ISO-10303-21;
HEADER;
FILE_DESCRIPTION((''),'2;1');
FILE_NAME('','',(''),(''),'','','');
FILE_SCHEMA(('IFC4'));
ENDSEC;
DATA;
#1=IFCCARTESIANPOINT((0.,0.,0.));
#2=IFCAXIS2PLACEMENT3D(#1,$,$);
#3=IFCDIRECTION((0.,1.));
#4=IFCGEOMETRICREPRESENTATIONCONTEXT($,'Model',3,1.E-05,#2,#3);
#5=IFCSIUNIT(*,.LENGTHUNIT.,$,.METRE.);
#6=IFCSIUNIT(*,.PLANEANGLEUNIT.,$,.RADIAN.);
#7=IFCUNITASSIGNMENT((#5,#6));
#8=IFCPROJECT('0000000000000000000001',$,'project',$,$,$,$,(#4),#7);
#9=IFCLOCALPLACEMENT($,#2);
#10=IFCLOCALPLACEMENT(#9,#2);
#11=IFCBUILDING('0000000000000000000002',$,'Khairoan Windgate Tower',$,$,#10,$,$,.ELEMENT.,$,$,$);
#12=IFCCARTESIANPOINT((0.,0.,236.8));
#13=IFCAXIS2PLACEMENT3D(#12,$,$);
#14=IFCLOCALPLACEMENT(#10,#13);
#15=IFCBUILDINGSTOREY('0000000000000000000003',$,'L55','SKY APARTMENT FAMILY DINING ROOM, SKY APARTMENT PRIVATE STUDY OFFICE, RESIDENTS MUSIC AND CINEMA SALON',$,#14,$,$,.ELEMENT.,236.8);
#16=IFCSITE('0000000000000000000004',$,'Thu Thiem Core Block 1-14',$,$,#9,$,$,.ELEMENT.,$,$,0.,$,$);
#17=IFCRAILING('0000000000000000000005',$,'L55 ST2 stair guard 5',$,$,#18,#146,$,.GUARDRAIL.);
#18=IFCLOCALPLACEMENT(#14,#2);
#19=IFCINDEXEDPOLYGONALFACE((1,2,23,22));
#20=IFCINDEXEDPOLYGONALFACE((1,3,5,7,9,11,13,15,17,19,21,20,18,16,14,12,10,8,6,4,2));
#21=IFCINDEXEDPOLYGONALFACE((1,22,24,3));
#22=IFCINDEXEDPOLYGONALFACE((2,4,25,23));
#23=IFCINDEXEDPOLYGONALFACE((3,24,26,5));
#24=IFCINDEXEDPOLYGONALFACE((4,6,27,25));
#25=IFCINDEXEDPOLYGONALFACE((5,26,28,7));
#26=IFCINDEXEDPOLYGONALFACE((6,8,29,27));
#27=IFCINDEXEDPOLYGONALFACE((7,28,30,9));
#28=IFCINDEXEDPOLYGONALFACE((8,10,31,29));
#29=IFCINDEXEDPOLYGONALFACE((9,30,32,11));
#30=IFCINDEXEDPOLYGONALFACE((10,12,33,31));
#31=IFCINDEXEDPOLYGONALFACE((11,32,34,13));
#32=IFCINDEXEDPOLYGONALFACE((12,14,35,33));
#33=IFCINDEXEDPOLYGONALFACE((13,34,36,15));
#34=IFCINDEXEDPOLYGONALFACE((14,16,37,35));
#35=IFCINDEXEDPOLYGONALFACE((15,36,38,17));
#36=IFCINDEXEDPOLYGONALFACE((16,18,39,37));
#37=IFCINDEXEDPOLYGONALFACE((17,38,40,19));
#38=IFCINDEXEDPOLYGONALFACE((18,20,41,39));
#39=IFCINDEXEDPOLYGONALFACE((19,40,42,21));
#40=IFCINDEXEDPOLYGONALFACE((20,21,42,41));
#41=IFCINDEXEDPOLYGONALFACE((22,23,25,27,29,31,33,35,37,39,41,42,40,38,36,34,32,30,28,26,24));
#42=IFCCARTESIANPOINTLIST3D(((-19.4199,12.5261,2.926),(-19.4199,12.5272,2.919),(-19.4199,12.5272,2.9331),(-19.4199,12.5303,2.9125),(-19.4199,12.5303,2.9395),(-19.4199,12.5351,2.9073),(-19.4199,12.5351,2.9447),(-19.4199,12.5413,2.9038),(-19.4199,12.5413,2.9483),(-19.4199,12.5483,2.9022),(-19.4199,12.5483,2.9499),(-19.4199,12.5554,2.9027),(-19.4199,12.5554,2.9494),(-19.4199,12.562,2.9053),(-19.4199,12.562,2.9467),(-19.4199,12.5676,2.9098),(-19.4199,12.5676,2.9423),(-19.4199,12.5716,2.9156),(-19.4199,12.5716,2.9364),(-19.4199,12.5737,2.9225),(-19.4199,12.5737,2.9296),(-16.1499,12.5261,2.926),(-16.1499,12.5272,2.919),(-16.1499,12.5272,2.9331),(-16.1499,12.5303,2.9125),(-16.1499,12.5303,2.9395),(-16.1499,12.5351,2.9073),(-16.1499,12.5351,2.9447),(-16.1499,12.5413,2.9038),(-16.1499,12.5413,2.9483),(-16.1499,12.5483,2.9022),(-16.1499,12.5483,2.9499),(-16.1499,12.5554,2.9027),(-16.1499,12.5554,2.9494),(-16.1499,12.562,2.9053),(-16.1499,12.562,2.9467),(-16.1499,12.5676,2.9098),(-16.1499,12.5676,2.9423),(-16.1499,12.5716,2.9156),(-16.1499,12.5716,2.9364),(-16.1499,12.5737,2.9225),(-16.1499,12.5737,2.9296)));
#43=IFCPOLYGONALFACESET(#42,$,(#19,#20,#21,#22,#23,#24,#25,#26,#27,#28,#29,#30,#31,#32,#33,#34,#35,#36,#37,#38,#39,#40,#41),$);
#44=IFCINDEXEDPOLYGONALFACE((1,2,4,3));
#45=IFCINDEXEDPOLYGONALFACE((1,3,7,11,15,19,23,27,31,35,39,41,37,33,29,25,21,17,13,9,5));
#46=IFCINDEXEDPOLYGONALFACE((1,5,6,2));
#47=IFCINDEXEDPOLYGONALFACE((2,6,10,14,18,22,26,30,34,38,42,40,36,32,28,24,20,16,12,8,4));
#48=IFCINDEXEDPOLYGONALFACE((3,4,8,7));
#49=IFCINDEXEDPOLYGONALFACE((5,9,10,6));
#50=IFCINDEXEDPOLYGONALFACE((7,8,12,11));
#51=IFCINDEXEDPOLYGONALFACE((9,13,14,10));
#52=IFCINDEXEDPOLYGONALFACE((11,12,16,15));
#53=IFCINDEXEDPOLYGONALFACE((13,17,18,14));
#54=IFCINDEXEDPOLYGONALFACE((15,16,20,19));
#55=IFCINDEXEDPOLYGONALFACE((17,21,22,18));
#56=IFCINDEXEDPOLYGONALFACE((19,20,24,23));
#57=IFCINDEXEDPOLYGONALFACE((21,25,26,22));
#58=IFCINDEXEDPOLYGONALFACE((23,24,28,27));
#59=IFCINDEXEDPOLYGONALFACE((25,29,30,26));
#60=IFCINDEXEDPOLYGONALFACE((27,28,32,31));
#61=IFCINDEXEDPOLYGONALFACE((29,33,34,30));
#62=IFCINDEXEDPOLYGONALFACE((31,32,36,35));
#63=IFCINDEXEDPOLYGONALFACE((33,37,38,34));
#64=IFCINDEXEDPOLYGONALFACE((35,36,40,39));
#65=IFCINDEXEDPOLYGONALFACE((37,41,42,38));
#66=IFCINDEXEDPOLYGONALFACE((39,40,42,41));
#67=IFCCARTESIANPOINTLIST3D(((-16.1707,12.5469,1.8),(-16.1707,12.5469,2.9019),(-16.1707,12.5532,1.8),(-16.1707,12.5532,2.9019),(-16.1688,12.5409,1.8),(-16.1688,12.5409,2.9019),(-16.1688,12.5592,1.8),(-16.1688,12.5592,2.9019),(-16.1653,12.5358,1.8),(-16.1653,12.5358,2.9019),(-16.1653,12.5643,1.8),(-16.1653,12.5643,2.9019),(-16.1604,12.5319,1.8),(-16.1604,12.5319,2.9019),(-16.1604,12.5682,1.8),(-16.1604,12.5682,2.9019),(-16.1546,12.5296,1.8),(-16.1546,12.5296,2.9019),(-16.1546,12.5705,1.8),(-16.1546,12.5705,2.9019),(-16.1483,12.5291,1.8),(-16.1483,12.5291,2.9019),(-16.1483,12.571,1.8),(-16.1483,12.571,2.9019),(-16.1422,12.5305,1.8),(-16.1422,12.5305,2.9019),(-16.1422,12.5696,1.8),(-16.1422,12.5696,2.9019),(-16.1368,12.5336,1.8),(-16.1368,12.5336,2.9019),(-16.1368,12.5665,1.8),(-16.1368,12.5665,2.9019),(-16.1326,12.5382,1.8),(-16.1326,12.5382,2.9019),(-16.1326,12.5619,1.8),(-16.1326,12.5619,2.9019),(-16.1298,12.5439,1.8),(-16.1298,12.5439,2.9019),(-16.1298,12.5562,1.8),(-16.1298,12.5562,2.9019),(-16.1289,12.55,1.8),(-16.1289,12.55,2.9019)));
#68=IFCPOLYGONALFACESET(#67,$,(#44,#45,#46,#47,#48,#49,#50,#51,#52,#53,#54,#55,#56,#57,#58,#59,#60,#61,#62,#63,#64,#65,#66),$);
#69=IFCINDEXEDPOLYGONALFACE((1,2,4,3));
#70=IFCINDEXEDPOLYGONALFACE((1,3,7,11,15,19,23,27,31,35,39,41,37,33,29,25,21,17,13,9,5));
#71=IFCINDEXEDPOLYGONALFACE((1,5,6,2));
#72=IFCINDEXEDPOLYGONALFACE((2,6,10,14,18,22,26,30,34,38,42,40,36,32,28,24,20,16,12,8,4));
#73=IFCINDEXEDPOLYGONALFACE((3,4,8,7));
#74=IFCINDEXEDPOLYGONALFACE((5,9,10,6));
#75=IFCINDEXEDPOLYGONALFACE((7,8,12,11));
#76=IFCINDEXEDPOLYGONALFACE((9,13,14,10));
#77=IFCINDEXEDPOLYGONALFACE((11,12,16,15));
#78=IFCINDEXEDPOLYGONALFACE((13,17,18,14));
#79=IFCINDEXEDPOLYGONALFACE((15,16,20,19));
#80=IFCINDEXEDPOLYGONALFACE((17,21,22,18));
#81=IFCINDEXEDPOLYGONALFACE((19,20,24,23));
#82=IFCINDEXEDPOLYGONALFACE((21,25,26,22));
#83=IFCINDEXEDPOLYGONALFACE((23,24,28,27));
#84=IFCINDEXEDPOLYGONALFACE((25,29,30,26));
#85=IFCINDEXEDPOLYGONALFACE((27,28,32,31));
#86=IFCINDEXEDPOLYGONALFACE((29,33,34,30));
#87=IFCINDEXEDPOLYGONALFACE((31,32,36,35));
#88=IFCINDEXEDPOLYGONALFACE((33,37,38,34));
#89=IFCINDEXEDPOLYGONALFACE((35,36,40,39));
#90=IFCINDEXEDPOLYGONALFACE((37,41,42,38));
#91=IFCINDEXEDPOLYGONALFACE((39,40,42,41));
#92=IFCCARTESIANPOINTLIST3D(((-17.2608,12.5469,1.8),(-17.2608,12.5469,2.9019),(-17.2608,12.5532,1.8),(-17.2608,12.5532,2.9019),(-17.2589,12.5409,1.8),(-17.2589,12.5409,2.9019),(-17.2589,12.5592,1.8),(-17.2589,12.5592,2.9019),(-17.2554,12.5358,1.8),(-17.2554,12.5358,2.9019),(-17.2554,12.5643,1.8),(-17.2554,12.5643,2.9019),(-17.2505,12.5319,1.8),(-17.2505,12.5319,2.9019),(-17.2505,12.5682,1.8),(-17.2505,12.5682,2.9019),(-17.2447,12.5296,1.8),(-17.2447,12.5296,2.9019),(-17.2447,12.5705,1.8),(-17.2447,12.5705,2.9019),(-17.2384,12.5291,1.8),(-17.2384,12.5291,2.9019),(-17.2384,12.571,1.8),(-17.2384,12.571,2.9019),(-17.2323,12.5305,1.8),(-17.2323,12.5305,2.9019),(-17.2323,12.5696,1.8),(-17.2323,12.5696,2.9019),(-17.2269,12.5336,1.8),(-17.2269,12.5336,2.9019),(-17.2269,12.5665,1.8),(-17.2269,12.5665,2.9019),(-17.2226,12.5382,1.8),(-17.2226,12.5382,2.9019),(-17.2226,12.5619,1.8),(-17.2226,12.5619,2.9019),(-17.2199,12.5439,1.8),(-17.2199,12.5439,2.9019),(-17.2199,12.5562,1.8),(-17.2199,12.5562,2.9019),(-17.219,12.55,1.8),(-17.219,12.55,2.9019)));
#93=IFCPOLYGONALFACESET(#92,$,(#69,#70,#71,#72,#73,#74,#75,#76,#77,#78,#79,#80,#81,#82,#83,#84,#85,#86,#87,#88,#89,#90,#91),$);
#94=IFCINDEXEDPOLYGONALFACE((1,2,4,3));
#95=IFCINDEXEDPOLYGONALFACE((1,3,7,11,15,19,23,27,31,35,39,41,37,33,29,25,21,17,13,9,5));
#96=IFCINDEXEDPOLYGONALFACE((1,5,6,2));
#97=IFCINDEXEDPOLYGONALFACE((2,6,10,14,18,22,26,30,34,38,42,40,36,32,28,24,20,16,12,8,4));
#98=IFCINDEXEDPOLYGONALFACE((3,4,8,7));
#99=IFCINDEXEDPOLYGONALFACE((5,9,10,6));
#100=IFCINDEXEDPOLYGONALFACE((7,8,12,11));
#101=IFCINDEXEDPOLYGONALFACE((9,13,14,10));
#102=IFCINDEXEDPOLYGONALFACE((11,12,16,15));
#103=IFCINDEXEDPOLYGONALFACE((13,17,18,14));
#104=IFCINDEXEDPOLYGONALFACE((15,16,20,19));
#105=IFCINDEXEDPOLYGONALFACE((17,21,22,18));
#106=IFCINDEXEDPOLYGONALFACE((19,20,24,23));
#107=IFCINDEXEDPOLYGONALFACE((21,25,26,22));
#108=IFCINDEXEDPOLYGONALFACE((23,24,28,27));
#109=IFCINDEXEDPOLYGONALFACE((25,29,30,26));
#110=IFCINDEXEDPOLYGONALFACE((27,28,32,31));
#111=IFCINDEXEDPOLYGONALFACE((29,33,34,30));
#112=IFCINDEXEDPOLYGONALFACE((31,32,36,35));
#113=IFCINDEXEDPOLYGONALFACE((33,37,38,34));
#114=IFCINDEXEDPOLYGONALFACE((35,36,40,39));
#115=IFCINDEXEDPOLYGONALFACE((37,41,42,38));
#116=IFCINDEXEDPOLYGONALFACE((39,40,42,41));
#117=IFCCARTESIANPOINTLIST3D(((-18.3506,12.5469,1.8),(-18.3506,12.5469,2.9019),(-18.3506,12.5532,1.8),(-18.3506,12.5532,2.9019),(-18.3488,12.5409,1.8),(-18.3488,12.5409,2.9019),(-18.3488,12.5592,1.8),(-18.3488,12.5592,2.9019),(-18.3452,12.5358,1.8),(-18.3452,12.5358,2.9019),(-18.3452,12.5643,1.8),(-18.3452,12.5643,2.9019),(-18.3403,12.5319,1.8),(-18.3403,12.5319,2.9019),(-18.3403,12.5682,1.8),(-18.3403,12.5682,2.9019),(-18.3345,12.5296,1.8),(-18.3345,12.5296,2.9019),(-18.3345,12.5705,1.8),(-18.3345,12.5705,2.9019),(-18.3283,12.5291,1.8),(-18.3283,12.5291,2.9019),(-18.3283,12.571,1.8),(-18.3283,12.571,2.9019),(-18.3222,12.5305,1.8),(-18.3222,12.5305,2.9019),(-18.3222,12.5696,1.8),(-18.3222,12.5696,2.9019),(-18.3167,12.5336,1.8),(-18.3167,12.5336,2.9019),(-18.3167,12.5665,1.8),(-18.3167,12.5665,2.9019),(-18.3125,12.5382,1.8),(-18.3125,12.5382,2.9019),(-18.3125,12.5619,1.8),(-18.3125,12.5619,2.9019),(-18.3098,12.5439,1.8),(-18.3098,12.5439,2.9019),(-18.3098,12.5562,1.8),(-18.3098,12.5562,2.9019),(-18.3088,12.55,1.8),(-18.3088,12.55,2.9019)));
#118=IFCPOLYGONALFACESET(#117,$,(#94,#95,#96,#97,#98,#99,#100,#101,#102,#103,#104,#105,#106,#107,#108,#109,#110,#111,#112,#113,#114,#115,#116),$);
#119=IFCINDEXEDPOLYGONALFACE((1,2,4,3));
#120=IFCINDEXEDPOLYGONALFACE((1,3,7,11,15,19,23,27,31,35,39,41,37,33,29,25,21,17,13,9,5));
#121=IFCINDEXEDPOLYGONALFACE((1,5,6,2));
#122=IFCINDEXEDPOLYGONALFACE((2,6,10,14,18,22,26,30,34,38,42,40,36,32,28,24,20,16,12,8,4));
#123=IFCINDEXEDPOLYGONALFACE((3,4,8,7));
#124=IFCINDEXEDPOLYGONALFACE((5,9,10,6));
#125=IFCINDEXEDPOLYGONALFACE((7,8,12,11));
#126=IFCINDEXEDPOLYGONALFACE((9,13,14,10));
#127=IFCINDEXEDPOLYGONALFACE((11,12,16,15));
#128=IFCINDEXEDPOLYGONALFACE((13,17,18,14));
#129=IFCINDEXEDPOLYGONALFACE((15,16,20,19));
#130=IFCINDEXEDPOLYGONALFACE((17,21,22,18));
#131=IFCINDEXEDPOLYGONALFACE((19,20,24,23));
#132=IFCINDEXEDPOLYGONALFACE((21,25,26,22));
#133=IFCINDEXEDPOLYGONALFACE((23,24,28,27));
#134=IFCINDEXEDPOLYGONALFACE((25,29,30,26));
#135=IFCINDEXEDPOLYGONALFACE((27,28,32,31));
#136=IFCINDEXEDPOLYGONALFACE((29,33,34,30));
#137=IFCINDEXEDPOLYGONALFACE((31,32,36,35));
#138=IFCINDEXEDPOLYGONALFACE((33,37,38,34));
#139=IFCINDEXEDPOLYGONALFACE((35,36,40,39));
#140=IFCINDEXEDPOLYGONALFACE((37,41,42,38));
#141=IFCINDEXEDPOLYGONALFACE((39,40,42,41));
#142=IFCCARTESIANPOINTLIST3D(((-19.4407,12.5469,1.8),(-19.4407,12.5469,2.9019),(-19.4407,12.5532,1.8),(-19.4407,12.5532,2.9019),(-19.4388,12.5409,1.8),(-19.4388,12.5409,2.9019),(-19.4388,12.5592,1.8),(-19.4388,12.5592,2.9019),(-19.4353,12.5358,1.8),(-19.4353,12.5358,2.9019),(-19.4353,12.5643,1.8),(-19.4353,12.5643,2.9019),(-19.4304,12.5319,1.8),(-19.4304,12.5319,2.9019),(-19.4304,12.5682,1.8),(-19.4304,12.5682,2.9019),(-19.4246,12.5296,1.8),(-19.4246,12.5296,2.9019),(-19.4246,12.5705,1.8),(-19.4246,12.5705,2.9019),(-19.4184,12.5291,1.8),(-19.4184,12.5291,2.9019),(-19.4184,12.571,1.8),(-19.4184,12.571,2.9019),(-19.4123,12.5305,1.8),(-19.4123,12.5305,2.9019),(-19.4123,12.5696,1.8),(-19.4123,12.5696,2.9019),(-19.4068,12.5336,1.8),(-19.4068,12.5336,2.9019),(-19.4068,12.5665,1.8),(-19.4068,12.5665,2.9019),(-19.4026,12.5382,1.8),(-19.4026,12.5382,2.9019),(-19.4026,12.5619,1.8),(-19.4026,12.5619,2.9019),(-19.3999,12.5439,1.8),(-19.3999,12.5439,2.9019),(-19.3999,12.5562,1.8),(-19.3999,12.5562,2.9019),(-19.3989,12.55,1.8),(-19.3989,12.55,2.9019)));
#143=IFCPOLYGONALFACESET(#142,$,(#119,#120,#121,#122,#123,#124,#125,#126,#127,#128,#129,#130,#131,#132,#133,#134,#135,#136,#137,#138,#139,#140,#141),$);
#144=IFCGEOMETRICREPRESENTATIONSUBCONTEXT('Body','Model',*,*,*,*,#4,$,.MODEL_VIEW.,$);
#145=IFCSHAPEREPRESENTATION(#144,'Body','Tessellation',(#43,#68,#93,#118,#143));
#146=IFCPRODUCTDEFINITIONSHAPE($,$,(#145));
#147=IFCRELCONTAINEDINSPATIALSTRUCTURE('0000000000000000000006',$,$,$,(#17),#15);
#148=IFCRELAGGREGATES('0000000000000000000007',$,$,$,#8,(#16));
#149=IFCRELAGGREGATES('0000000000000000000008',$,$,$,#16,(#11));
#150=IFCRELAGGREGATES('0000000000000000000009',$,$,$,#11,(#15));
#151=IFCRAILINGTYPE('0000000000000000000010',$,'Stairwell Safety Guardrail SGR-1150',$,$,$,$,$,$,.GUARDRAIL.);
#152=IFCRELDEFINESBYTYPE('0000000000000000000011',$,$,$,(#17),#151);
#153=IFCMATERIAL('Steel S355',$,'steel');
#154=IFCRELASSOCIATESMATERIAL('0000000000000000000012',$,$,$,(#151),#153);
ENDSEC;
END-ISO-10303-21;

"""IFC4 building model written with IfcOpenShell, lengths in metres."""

from ifc_helpers import new_model, si_unit, direction, frame, origin, origin_2d, place, context, subcontext, project, spatial, circle, extrude, material, type_object, element, save


model = new_model("IFC4")

# Units and contexts
model_context = context("Model", 3, precision=1e-05, world=origin(), true_north=direction((0.0, 1.0)))
body_context = subcontext(model_context, "Body", "Model", "MODEL_VIEW")
ifc_project = project(units=[si_unit("LENGTHUNIT", "METRE"), si_unit("PLANEANGLEUNIT", "RADIAN")], contexts=[model_context])

# Site, building, storey
site_placement = place(None, origin())
site = spatial("IfcSite", under=ifc_project, at=site_placement, Name="Thu Thiem Core Block 1-14", CompositionType="ELEMENT", RefElevation=0.0)
building_placement = place(site_placement, origin())
building = spatial("IfcBuilding", under=site, at=building_placement, Name="Khairoan Windgate Tower", CompositionType="ELEMENT")
storey_placement = place(building_placement, frame((0.0, 0.0, 236.8)))
storey = spatial("IfcBuildingStorey", under=building, at=storey_placement, Name="L55", Description="SKY APARTMENT FAMILY DINING ROOM, SKY APARTMENT PRIVATE STUDY OFFICE, RESIDENTS MUSIC AND CINEMA SALON", CompositionType="ELEMENT", Elevation=236.8)

# Railing
ifc_material_1 = material(Name="Steel S355", Category="steel")
railing_type = type_object("IfcRailingType", Name="Stairwell Safety Guardrail SGR-1150", PredefinedType="GUARDRAIL", material=ifc_material_1)
railing_1_placement = place(storey_placement, frame((-16.1499, 12.55, 1.8)))
element("IfcRailing", 1, at=railing_1_placement, inside=storey, type_object=railing_type, Name="L55 ST2 stair guard 5", PredefinedType="GUARDRAIL", context=body_context, shape_type="SweptSolid", body=[
    extrude(circle(Radius=0.0239, at=origin_2d()), frame((0.0, 0.0, 1.126), z_axis=(-1.0, 0.0, 0.0), x_axis=(0.0, -1.0, 0.0)), (0.0, 0.0, 1.0), 3.27),
    extrude(circle(Radius=0.021, at=origin_2d()), origin(), (0.0, 0.0, 1.0), 1.1018),
    extrude(circle(Radius=0.021, at=origin_2d()), frame((-1.0901, 0.0, 0.0)), (0.0, 0.0, 1.0), 1.1018),
    extrude(circle(Radius=0.021, at=origin_2d()), frame((-2.1799, 0.0, 0.0)), (0.0, 0.0, 1.0), 1.1018),
    extrude(circle(Radius=0.021, at=origin_2d()), frame((-3.27, 0.0, 0.0)), (0.0, 0.0, 1.0), 1.1018),
])

save(model, "model.ifc")
